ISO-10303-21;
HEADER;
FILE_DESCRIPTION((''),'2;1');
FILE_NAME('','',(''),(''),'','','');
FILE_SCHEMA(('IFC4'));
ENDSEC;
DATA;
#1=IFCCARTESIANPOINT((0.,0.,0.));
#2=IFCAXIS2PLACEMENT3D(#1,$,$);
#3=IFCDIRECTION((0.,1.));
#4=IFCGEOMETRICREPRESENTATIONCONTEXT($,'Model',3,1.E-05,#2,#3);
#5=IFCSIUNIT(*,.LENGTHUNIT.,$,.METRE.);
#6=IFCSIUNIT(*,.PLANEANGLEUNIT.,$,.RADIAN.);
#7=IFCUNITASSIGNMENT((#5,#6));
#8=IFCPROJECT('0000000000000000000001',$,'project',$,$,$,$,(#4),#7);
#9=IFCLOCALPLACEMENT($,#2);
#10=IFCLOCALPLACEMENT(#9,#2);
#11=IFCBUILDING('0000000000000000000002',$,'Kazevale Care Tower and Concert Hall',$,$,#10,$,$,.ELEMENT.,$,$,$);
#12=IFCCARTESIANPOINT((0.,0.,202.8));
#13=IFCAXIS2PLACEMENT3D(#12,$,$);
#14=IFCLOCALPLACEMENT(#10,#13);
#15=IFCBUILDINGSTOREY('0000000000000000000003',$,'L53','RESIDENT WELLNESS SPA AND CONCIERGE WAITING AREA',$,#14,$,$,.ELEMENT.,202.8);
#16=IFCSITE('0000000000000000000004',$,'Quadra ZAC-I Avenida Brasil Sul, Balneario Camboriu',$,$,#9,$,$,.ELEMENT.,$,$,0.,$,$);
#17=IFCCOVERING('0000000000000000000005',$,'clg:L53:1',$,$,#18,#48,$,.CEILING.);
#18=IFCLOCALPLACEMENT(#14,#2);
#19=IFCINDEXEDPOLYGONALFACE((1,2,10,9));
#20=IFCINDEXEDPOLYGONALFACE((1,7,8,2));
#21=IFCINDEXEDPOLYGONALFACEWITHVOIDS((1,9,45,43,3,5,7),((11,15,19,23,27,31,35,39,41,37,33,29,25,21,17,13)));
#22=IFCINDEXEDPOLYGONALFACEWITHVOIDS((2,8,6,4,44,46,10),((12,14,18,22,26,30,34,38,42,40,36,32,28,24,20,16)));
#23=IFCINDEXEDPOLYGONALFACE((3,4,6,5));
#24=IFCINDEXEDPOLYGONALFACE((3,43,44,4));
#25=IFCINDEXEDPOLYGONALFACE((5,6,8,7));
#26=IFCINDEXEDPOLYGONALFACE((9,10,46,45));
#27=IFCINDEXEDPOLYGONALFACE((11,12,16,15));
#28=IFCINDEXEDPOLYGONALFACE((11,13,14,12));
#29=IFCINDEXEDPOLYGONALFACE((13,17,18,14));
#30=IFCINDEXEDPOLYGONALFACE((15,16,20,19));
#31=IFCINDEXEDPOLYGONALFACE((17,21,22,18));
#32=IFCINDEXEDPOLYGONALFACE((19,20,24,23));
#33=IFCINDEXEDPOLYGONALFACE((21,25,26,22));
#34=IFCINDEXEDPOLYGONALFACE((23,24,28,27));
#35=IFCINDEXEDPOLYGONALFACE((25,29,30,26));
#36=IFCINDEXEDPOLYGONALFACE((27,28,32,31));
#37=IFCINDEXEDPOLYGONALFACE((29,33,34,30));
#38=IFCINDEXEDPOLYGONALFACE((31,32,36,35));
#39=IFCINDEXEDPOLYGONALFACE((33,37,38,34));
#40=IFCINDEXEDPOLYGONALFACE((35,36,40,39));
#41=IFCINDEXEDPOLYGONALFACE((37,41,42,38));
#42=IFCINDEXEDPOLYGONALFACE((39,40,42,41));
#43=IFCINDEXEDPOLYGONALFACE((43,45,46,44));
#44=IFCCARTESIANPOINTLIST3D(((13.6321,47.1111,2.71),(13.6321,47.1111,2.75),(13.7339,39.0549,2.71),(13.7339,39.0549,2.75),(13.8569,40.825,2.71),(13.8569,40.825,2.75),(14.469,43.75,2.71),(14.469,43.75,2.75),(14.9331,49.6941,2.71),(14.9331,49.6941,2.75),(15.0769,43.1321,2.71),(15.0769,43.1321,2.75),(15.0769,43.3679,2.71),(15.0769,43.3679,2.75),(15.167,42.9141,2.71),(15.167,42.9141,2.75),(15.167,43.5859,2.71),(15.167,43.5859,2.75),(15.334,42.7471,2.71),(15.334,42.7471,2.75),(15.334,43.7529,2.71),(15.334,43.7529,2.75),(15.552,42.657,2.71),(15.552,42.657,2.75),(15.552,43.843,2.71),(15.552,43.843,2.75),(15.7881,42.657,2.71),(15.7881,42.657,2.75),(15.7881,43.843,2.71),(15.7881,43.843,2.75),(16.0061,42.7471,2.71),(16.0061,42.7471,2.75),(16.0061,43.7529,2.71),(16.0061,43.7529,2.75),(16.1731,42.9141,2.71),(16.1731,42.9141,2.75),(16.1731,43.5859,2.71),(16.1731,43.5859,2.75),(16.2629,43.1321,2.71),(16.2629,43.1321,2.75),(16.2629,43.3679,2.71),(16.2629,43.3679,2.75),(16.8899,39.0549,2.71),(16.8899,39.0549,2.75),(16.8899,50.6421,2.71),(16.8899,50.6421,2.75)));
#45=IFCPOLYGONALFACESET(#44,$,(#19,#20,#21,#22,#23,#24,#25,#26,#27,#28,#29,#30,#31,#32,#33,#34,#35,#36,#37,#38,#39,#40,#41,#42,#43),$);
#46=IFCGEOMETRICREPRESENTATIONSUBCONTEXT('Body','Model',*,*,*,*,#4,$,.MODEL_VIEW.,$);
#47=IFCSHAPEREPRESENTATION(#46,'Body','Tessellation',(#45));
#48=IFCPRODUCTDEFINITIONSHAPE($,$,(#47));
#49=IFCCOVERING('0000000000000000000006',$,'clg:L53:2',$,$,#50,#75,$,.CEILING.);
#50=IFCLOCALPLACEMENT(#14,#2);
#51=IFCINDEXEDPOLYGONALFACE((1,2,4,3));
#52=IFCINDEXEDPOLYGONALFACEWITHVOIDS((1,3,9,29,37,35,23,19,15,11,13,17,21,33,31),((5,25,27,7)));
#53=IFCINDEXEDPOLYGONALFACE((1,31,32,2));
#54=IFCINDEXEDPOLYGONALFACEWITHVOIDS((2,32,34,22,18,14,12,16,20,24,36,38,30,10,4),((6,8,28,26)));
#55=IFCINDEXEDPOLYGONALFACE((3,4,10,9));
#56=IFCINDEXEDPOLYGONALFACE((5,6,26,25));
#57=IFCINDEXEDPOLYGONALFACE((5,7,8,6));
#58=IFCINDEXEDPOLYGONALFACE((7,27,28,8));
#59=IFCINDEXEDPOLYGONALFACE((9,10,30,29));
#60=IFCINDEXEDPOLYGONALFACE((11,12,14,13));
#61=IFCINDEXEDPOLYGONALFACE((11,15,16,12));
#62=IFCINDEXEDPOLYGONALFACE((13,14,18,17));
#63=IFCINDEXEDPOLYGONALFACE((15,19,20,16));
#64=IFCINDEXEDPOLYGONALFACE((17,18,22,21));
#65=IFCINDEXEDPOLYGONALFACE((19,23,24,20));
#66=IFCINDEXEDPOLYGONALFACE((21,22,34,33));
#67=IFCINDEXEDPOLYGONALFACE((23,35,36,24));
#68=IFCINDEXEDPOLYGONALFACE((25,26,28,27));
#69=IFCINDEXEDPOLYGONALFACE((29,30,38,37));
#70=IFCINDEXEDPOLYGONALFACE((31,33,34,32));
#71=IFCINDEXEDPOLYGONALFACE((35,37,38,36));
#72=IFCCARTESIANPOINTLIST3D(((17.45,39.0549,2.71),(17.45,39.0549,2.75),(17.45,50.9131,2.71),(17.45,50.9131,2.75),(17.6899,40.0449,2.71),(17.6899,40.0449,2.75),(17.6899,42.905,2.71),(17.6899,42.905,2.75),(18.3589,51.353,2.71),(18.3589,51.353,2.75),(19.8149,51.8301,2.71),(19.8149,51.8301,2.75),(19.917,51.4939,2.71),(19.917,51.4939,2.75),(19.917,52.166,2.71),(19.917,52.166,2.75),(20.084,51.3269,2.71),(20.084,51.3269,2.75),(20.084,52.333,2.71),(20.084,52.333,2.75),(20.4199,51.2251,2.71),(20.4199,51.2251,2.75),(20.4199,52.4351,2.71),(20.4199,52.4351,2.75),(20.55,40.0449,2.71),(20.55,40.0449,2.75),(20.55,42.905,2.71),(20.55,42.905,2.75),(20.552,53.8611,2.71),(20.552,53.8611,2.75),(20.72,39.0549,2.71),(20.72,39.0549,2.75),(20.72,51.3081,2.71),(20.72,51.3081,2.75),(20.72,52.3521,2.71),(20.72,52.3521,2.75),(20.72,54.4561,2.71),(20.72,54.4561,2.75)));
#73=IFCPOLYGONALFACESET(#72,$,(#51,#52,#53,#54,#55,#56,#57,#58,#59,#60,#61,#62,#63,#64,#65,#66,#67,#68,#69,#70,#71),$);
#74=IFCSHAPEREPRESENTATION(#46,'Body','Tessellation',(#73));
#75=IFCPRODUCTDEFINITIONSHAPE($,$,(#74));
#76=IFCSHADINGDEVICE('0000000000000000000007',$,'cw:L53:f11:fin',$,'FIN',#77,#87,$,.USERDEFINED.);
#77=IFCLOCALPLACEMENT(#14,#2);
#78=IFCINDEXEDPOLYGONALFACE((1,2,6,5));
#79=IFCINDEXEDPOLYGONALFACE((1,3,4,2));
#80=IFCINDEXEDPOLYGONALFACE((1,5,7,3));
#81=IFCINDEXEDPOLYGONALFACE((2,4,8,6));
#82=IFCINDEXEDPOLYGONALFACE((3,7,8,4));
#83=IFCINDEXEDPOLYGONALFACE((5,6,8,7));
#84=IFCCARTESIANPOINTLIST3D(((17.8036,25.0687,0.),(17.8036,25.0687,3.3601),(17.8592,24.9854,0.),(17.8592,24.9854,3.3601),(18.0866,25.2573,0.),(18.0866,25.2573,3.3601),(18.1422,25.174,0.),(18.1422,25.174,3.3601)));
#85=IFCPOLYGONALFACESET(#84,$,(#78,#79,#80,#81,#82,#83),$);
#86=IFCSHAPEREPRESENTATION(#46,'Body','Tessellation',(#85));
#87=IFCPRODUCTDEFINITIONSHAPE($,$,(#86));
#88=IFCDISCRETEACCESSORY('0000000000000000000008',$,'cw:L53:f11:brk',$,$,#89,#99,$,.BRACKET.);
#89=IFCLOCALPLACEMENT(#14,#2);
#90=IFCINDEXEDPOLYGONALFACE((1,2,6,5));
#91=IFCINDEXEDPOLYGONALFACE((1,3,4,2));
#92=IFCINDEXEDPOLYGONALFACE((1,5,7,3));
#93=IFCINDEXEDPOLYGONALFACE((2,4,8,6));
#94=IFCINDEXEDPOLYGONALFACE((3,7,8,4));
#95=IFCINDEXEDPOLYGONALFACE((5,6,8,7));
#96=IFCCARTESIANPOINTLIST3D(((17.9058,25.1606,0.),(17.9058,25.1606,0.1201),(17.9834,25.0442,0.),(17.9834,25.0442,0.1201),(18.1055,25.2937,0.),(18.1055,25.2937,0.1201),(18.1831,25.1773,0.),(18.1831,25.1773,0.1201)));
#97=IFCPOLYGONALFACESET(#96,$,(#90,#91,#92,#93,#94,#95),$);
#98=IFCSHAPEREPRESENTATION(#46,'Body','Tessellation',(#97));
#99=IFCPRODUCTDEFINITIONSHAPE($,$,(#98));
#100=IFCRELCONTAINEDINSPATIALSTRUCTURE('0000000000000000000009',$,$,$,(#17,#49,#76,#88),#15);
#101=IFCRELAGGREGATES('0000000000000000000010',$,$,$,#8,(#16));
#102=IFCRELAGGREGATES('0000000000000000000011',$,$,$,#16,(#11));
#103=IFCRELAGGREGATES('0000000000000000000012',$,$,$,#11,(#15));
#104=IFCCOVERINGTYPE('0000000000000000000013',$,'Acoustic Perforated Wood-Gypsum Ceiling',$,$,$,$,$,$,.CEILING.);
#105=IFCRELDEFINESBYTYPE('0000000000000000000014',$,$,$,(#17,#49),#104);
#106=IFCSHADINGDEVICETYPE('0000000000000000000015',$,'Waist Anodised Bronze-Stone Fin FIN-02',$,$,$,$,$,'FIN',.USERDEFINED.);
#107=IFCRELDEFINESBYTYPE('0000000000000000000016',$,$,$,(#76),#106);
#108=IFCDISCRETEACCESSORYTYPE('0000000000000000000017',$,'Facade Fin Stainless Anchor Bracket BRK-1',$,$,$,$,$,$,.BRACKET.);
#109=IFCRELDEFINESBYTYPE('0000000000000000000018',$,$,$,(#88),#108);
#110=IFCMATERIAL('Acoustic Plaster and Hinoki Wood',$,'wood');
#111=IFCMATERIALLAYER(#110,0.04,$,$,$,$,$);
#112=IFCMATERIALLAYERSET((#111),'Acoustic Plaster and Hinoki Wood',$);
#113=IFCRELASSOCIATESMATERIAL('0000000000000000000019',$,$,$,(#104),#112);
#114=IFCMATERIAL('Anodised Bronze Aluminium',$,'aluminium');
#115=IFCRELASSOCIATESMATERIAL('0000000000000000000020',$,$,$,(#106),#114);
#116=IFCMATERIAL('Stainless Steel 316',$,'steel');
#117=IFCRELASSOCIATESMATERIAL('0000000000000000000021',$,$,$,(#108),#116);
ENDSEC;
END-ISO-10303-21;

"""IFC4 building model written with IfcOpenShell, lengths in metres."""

from ifc_helpers import new_model, si_unit, direction, frame, origin, origin_2d, place, context, subcontext, project, spatial, polyline, rectangle, outline, extrude, material, layer, layer_set, type_object, element, save


model = new_model("IFC4")

# Units and contexts
model_context = context("Model", 3, precision=1e-05, world=origin(), true_north=direction((0.0, 1.0)))
body_context = subcontext(model_context, "Body", "Model", "MODEL_VIEW")
ifc_project = project(units=[si_unit("LENGTHUNIT", "METRE"), si_unit("PLANEANGLEUNIT", "RADIAN")], contexts=[model_context])

# Site, building, storey
site_placement = place(None, origin())
site = spatial("IfcSite", under=ifc_project, at=site_placement, Name="Quadra ZAC-I Avenida Brasil Sul, Balneario Camboriu", CompositionType="ELEMENT", RefElevation=0.0)
building_placement = place(site_placement, origin())
building = spatial("IfcBuilding", under=site, at=building_placement, Name="Kazevale Care Tower and Concert Hall", CompositionType="ELEMENT")
storey_placement = place(building_placement, frame((0.0, 0.0, 202.8)))
storey = spatial("IfcBuildingStorey", under=building, at=storey_placement, Name="L53", Description="RESIDENT WELLNESS SPA AND CONCIERGE WAITING AREA", CompositionType="ELEMENT", Elevation=202.8)

# Coverings
ifc_material_1 = material(Name="Acoustic Plaster and Hinoki Wood", Category="wood")
ifc_layer_1 = layer(ifc_material_1, 0.04)
ifc_layer_set_1 = layer_set([ifc_layer_1], Name="Acoustic Plaster and Hinoki Wood")
covering_type = type_object("IfcCoveringType", Name="Acoustic Perforated Wood-Gypsum Ceiling", PredefinedType="CEILING", material=ifc_layer_set_1)
covering_1_placement = place(storey_placement, frame((0.0, 0.0, 2.71)))
element("IfcCovering", 1, at=covering_1_placement, inside=storey, type_object=covering_type, Name="clg:L53:1", PredefinedType="CEILING", context=body_context, shape_type="SweptSolid", body=[
    extrude(outline(polyline([(13.6321, 47.1111), (14.9331, 49.6941), (16.8899, 50.6421), (16.8899, 39.0549), (13.7339, 39.0549), (13.8569, 40.825), (14.469, 43.75), (13.6321, 47.1111)]), holes=[polyline([(16.2629, 43.3679), (16.1731, 43.5859), (16.0061, 43.7529), (15.7881, 43.843), (15.552, 43.843), (15.334, 43.7529), (15.167, 43.5859), (15.0769, 43.3679), (15.0769, 43.1321), (15.167, 42.9141), (15.334, 42.7471), (15.552, 42.657), (15.7881, 42.657), (16.0061, 42.7471), (16.1731, 42.9141), (16.2629, 43.1321), (16.2629, 43.3679)])]), origin(), (0.0, 0.0, 1.0), 0.04),
])
covering_2_placement = place(storey_placement, frame((0.0, 0.0, 2.71)))
element("IfcCovering", 2, at=covering_2_placement, inside=storey, type_object=covering_type, Name="clg:L53:2", PredefinedType="CEILING", context=body_context, shape_type="SweptSolid", body=[
    extrude(outline(polyline([(17.45, 39.0549), (17.45, 50.9131), (18.3589, 51.353), (20.552, 53.8611), (20.72, 54.4561), (20.72, 52.3521), (20.4199, 52.4351), (20.084, 52.333), (19.917, 52.166), (19.8149, 51.8301), (19.917, 51.4939), (20.084, 51.3269), (20.4199, 51.2251), (20.72, 51.3081), (20.72, 39.0549), (17.45, 39.0549)]), holes=[polyline([(17.6899, 42.905), (17.6899, 40.0449), (20.55, 40.0449), (20.55, 42.905), (17.6899, 42.905)])]), origin(), (0.0, 0.0, 1.0), 0.04),
])

# Shading device
ifc_material_2 = material(Name="Anodised Bronze Aluminium", Category="aluminium")
shading_device_type = type_object("IfcShadingDeviceType", Name="Waist Anodised Bronze-Stone Fin FIN-02", ElementType="FIN", PredefinedType="USERDEFINED", material=ifc_material_2)
shading_device_placement = place(storey_placement, frame((17.9729, 25.1213, 0.0), z_axis=(0.0, 0.0, 1.0), x_axis=(-0.832148, -0.554554, 0.0)))
element("IfcShadingDevice", 3, at=shading_device_placement, inside=storey, type_object=shading_device_type, Name="cw:L53:f11:fin", ObjectType="FIN", PredefinedType="USERDEFINED", context=body_context, shape_type="SweptSolid", body=[
    extrude(rectangle(XDim=0.3401, YDim=0.1001, at=origin_2d()), origin(), (0.0, 0.0, 1.0), 3.3601),
])

# Discrete accessory
ifc_material_3 = material(Name="Stainless Steel 316", Category="steel")
discrete_accessory_type = type_object("IfcDiscreteAccessoryType", Name="Facade Fin Stainless Anchor Bracket BRK-1", PredefinedType="BRACKET", material=ifc_material_3)
discrete_accessory_placement = place(storey_placement, frame((18.0444, 25.1689, 0.0), z_axis=(0.0, 0.0, 1.0), x_axis=(-0.832148, -0.554554, 0.0)))
element("IfcDiscreteAccessory", 4, at=discrete_accessory_placement, inside=storey, type_object=discrete_accessory_type, Name="cw:L53:f11:brk", PredefinedType="BRACKET", context=body_context, shape_type="SweptSolid", body=[
    extrude(rectangle(XDim=0.24, YDim=0.1399, at=origin_2d()), origin(), (0.0, 0.0, 1.0), 0.1201),
])

save(model, "model.ifc")
